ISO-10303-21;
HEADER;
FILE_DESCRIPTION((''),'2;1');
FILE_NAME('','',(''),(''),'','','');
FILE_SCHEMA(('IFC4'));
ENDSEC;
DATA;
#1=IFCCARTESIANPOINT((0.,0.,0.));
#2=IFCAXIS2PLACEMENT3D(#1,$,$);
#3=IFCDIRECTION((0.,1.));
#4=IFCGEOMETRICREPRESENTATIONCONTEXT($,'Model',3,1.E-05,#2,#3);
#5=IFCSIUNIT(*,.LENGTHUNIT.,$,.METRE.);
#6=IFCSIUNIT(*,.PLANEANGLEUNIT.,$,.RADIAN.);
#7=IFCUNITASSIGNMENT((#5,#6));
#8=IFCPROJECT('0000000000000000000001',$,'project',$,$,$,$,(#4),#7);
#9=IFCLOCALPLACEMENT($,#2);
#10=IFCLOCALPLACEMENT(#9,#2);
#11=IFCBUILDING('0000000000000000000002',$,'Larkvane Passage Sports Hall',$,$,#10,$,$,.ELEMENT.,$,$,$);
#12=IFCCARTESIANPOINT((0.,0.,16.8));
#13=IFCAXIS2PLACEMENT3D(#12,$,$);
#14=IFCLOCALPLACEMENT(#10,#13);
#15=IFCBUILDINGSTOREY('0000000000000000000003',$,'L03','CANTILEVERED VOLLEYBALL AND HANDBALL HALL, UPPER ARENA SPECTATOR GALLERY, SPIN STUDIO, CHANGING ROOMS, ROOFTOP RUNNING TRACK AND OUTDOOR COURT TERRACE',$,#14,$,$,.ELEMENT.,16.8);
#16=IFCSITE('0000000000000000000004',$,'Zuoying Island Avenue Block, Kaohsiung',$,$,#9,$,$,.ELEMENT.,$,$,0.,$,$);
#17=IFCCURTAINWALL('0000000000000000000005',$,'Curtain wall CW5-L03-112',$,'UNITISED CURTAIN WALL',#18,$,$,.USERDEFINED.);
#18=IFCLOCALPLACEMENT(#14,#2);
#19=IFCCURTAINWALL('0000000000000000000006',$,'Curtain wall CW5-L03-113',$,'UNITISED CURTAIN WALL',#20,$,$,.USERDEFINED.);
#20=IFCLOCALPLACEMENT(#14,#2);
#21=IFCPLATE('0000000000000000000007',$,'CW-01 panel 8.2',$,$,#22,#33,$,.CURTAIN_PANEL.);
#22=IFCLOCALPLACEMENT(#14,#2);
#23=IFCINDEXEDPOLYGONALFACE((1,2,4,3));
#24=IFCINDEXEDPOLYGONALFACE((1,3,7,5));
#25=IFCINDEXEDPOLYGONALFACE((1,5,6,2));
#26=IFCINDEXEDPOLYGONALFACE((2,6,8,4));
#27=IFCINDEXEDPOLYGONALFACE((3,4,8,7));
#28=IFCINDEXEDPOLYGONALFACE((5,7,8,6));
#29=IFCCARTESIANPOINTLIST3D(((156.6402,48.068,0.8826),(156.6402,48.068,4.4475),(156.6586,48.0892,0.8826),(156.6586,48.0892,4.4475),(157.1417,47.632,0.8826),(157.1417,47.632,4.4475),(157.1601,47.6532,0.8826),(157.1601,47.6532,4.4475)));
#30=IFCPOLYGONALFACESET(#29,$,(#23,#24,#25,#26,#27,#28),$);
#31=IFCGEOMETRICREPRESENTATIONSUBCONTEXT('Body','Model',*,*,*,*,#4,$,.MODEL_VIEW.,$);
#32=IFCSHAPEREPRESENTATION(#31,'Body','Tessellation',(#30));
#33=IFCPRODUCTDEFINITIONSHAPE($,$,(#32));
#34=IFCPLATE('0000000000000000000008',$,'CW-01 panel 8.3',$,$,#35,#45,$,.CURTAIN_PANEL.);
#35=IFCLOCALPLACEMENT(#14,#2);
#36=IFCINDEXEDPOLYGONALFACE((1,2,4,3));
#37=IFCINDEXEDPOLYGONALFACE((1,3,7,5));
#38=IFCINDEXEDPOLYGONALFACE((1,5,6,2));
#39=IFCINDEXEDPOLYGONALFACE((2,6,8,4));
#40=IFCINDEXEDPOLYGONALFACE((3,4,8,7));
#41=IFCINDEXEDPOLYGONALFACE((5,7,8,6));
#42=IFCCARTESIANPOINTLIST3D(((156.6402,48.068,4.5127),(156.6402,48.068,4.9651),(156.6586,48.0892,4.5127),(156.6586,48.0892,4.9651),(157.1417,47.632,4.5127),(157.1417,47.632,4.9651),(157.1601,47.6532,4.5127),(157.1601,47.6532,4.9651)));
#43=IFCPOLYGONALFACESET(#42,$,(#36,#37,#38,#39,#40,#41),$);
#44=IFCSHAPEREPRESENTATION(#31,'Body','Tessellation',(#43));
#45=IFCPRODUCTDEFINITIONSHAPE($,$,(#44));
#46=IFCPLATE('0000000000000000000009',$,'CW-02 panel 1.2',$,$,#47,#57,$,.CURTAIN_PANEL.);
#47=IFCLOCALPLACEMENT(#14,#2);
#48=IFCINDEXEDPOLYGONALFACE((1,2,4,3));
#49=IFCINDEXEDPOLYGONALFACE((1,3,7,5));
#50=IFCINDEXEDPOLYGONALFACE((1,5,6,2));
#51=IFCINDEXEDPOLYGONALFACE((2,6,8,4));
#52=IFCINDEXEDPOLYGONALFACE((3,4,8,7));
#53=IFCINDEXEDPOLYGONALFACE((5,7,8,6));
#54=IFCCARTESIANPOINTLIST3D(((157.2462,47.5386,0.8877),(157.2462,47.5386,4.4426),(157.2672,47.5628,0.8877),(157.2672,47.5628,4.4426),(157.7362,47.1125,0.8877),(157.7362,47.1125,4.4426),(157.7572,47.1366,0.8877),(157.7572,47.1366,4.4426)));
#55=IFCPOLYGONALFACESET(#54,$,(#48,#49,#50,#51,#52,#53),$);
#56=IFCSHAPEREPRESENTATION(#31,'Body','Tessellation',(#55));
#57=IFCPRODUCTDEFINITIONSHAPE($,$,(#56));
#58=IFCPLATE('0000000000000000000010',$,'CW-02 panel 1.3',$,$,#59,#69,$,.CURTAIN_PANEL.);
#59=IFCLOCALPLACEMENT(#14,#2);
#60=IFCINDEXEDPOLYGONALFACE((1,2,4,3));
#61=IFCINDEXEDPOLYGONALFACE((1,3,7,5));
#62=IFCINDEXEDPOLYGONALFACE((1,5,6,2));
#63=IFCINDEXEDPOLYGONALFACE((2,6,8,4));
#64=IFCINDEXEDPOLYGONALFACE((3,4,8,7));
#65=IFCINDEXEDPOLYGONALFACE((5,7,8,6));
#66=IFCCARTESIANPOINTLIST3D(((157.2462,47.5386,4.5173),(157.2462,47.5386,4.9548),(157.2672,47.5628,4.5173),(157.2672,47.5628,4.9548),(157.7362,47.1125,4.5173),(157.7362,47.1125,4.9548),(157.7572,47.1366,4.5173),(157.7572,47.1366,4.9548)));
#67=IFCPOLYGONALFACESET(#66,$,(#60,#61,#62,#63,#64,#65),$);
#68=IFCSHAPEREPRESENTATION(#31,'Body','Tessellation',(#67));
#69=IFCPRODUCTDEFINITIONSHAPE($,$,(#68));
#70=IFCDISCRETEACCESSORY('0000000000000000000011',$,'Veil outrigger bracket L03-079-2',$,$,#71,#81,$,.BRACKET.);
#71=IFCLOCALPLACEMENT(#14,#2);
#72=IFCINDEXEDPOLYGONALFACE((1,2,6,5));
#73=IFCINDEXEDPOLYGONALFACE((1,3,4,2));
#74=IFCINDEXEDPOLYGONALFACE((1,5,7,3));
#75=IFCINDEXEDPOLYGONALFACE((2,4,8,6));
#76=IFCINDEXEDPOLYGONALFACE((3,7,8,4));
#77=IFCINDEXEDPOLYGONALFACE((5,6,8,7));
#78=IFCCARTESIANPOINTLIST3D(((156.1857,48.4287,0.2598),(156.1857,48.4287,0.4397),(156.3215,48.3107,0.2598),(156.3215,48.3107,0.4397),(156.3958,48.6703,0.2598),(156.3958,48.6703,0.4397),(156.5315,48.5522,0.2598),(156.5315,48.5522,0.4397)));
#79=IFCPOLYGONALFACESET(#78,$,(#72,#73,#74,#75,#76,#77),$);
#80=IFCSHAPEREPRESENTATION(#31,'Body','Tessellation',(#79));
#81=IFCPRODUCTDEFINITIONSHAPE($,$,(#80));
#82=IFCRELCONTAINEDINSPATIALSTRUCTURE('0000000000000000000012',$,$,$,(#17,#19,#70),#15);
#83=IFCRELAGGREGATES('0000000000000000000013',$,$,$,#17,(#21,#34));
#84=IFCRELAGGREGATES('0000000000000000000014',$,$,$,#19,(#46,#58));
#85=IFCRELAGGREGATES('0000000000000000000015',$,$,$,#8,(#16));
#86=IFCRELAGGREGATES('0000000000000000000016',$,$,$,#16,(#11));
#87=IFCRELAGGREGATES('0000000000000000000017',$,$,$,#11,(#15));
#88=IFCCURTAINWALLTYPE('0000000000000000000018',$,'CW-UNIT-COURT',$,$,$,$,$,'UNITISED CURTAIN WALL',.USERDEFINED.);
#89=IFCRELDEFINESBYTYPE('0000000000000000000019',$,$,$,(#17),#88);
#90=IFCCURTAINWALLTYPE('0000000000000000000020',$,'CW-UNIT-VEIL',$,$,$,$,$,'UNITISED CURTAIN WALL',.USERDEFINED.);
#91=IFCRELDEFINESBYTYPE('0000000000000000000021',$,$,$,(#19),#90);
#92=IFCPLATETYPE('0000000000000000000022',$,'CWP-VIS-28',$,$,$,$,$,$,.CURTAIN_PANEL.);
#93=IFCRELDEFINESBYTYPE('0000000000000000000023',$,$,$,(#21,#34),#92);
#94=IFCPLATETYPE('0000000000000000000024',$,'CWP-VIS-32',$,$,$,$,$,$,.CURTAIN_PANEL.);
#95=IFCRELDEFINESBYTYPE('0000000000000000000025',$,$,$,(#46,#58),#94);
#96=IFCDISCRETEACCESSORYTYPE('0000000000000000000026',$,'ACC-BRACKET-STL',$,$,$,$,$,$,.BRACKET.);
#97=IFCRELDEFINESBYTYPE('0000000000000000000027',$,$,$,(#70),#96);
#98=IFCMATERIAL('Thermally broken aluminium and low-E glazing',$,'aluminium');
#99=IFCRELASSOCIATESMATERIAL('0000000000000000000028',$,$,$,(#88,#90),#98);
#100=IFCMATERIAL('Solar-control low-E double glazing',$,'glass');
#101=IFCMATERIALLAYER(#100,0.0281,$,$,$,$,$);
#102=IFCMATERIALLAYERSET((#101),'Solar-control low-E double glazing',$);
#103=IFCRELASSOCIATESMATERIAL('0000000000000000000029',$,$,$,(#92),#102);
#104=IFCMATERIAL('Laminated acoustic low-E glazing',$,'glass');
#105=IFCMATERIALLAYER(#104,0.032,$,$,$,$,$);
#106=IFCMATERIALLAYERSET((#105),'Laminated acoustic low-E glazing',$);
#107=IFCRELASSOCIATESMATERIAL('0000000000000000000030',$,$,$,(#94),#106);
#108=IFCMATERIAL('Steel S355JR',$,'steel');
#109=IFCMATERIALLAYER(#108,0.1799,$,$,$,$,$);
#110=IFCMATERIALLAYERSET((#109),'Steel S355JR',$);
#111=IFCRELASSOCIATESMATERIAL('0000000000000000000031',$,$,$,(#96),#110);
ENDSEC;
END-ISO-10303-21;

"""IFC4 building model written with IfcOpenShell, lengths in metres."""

from ifc_helpers import new_model, si_unit, direction, frame, origin, origin_2d, place, context, subcontext, project, spatial, rectangle, extrude, material, layer, layer_set, type_object, element, aggregate, save


model = new_model("IFC4")

# Units and contexts
model_context = context("Model", 3, precision=1e-05, world=origin(), true_north=direction((0.0, 1.0)))
body_context = subcontext(model_context, "Body", "Model", "MODEL_VIEW")
ifc_project = project(units=[si_unit("LENGTHUNIT", "METRE"), si_unit("PLANEANGLEUNIT", "RADIAN")], contexts=[model_context])

# Site, building, storey
site_placement = place(None, origin())
site = spatial("IfcSite", under=ifc_project, at=site_placement, Name="Zuoying Island Avenue Block, Kaohsiung", CompositionType="ELEMENT", RefElevation=0.0)
building_placement = place(site_placement, origin())
building = spatial("IfcBuilding", under=site, at=building_placement, Name="Larkvane Passage Sports Hall", CompositionType="ELEMENT")
storey_placement = place(building_placement, frame((0.0, 0.0, 16.8)))
storey = spatial("IfcBuildingStorey", under=building, at=storey_placement, Name="L03", Description="CANTILEVERED VOLLEYBALL AND HANDBALL HALL, UPPER ARENA SPECTATOR GALLERY, SPIN STUDIO, CHANGING ROOMS, ROOFTOP RUNNING TRACK AND OUTDOOR COURT TERRACE", CompositionType="ELEMENT", Elevation=16.8)

# Curtain wall
ifc_material_1 = material(Name="Thermally broken aluminium and low-E glazing", Category="aluminium")
curtain_wall_type_1 = type_object("IfcCurtainWallType", Name="CW-UNIT-COURT", ElementType="UNITISED CURTAIN WALL", PredefinedType="USERDEFINED", material=ifc_material_1)
curtain_wall_1_placement = place(storey_placement, origin())
curtain_wall_1 = element("IfcCurtainWall", 1, at=curtain_wall_1_placement, inside=storey, type_object=curtain_wall_type_1, Name="Curtain wall CW5-L03-112", ObjectType="UNITISED CURTAIN WALL", PredefinedType="USERDEFINED")

# Curtain wall
curtain_wall_type_2 = type_object("IfcCurtainWallType", Name="CW-UNIT-VEIL", ElementType="UNITISED CURTAIN WALL", PredefinedType="USERDEFINED", material=ifc_material_1)
curtain_wall_2_placement = place(storey_placement, origin())
curtain_wall_2 = element("IfcCurtainWall", 2, at=curtain_wall_2_placement, inside=storey, type_object=curtain_wall_type_2, Name="Curtain wall CW5-L03-113", ObjectType="UNITISED CURTAIN WALL", PredefinedType="USERDEFINED")

# Plates
ifc_material_2 = material(Name="Solar-control low-E double glazing", Category="glass")
ifc_layer_1 = layer(ifc_material_2, 0.0281)
ifc_layer_set_1 = layer_set([ifc_layer_1], Name="Solar-control low-E double glazing")
plate_type_1 = type_object("IfcPlateType", Name="CWP-VIS-28", PredefinedType="CURTAIN_PANEL", material=ifc_layer_set_1)
plate_1_placement = place(storey_placement, frame((156.9001, 47.8606, 0.8826), z_axis=(0.0, 0.0, 1.0), x_axis=(0.754606, -0.656179, 0.0)))
plate_1 = element("IfcPlate", 3, at=plate_1_placement, type_object=plate_type_1, Name="CW-01 panel 8.2", PredefinedType="CURTAIN_PANEL", context=body_context, shape_type="SweptSolid", body=[
    extrude(rectangle(XDim=0.6646, YDim=0.0281, at=origin_2d()), origin(), (0.0, 0.0, 1.0), 3.5649),
])
plate_2_placement = place(storey_placement, frame((156.9001, 47.8606, 4.5127), z_axis=(0.0, 0.0, 1.0), x_axis=(0.754606, -0.656179, 0.0)))
plate_2 = element("IfcPlate", 4, at=plate_2_placement, type_object=plate_type_1, Name="CW-01 panel 8.3", PredefinedType="CURTAIN_PANEL", context=body_context, shape_type="SweptSolid", body=[
    extrude(rectangle(XDim=0.6646, YDim=0.0281, at=origin_2d()), origin(), (0.0, 0.0, 1.0), 0.4524),
])
aggregate(curtain_wall_1, [plate_1, plate_2])
ifc_material_3 = material(Name="Laminated acoustic low-E glazing", Category="glass")
ifc_layer_2 = layer(ifc_material_3, 0.032)
ifc_layer_set_2 = layer_set([ifc_layer_2], Name="Laminated acoustic low-E glazing")
plate_type_2 = type_object("IfcPlateType", Name="CWP-VIS-32", PredefinedType="CURTAIN_PANEL", material=ifc_layer_set_2)
plate_3_placement = place(storey_placement, frame((157.5017, 47.3376, 0.8877), z_axis=(0.0, 0.0, 1.0), x_axis=(0.754606, -0.656179, 0.0)))
plate_3 = element("IfcPlate", 5, at=plate_3_placement, type_object=plate_type_2, Name="CW-02 panel 1.2", PredefinedType="CURTAIN_PANEL", context=body_context, shape_type="SweptSolid", body=[
    extrude(rectangle(XDim=0.6494, YDim=0.032, at=origin_2d()), origin(), (0.0, 0.0, 1.0), 3.5549),
])
plate_4_placement = place(storey_placement, frame((157.5017, 47.3376, 4.5173), z_axis=(0.0, 0.0, 1.0), x_axis=(0.754606, -0.656179, 0.0)))
plate_4 = element("IfcPlate", 6, at=plate_4_placement, type_object=plate_type_2, Name="CW-02 panel 1.3", PredefinedType="CURTAIN_PANEL", context=body_context, shape_type="SweptSolid", body=[
    extrude(rectangle(XDim=0.6494, YDim=0.032, at=origin_2d()), origin(), (0.0, 0.0, 1.0), 0.4375),
])
aggregate(curtain_wall_2, [plate_3, plate_4])

# Discrete accessory
ifc_material_4 = material(Name="Steel S355JR", Category="steel")
ifc_layer_3 = layer(ifc_material_4, 0.1799)
ifc_layer_set_3 = layer_set([ifc_layer_3], Name="Steel S355JR")
discrete_accessory_type = type_object("IfcDiscreteAccessoryType", Name="ACC-BRACKET-STL", PredefinedType="BRACKET", material=ifc_layer_set_3)
discrete_accessory_placement = place(storey_placement, frame((156.3586, 48.4905, 0.2598), z_axis=(0.0, 0.0, 1.0), x_axis=(0.754606, -0.656179, 0.0)))
element("IfcDiscreteAccessory", 7, at=discrete_accessory_placement, inside=storey, type_object=discrete_accessory_type, Name="Veil outrigger bracket L03-079-2", PredefinedType="BRACKET", context=body_context, shape_type="SweptSolid", body=[
    extrude(rectangle(XDim=0.1799, YDim=0.3201, at=origin_2d()), origin(), (0.0, 0.0, 1.0), 0.1799),
])

save(model, "model.ifc")
